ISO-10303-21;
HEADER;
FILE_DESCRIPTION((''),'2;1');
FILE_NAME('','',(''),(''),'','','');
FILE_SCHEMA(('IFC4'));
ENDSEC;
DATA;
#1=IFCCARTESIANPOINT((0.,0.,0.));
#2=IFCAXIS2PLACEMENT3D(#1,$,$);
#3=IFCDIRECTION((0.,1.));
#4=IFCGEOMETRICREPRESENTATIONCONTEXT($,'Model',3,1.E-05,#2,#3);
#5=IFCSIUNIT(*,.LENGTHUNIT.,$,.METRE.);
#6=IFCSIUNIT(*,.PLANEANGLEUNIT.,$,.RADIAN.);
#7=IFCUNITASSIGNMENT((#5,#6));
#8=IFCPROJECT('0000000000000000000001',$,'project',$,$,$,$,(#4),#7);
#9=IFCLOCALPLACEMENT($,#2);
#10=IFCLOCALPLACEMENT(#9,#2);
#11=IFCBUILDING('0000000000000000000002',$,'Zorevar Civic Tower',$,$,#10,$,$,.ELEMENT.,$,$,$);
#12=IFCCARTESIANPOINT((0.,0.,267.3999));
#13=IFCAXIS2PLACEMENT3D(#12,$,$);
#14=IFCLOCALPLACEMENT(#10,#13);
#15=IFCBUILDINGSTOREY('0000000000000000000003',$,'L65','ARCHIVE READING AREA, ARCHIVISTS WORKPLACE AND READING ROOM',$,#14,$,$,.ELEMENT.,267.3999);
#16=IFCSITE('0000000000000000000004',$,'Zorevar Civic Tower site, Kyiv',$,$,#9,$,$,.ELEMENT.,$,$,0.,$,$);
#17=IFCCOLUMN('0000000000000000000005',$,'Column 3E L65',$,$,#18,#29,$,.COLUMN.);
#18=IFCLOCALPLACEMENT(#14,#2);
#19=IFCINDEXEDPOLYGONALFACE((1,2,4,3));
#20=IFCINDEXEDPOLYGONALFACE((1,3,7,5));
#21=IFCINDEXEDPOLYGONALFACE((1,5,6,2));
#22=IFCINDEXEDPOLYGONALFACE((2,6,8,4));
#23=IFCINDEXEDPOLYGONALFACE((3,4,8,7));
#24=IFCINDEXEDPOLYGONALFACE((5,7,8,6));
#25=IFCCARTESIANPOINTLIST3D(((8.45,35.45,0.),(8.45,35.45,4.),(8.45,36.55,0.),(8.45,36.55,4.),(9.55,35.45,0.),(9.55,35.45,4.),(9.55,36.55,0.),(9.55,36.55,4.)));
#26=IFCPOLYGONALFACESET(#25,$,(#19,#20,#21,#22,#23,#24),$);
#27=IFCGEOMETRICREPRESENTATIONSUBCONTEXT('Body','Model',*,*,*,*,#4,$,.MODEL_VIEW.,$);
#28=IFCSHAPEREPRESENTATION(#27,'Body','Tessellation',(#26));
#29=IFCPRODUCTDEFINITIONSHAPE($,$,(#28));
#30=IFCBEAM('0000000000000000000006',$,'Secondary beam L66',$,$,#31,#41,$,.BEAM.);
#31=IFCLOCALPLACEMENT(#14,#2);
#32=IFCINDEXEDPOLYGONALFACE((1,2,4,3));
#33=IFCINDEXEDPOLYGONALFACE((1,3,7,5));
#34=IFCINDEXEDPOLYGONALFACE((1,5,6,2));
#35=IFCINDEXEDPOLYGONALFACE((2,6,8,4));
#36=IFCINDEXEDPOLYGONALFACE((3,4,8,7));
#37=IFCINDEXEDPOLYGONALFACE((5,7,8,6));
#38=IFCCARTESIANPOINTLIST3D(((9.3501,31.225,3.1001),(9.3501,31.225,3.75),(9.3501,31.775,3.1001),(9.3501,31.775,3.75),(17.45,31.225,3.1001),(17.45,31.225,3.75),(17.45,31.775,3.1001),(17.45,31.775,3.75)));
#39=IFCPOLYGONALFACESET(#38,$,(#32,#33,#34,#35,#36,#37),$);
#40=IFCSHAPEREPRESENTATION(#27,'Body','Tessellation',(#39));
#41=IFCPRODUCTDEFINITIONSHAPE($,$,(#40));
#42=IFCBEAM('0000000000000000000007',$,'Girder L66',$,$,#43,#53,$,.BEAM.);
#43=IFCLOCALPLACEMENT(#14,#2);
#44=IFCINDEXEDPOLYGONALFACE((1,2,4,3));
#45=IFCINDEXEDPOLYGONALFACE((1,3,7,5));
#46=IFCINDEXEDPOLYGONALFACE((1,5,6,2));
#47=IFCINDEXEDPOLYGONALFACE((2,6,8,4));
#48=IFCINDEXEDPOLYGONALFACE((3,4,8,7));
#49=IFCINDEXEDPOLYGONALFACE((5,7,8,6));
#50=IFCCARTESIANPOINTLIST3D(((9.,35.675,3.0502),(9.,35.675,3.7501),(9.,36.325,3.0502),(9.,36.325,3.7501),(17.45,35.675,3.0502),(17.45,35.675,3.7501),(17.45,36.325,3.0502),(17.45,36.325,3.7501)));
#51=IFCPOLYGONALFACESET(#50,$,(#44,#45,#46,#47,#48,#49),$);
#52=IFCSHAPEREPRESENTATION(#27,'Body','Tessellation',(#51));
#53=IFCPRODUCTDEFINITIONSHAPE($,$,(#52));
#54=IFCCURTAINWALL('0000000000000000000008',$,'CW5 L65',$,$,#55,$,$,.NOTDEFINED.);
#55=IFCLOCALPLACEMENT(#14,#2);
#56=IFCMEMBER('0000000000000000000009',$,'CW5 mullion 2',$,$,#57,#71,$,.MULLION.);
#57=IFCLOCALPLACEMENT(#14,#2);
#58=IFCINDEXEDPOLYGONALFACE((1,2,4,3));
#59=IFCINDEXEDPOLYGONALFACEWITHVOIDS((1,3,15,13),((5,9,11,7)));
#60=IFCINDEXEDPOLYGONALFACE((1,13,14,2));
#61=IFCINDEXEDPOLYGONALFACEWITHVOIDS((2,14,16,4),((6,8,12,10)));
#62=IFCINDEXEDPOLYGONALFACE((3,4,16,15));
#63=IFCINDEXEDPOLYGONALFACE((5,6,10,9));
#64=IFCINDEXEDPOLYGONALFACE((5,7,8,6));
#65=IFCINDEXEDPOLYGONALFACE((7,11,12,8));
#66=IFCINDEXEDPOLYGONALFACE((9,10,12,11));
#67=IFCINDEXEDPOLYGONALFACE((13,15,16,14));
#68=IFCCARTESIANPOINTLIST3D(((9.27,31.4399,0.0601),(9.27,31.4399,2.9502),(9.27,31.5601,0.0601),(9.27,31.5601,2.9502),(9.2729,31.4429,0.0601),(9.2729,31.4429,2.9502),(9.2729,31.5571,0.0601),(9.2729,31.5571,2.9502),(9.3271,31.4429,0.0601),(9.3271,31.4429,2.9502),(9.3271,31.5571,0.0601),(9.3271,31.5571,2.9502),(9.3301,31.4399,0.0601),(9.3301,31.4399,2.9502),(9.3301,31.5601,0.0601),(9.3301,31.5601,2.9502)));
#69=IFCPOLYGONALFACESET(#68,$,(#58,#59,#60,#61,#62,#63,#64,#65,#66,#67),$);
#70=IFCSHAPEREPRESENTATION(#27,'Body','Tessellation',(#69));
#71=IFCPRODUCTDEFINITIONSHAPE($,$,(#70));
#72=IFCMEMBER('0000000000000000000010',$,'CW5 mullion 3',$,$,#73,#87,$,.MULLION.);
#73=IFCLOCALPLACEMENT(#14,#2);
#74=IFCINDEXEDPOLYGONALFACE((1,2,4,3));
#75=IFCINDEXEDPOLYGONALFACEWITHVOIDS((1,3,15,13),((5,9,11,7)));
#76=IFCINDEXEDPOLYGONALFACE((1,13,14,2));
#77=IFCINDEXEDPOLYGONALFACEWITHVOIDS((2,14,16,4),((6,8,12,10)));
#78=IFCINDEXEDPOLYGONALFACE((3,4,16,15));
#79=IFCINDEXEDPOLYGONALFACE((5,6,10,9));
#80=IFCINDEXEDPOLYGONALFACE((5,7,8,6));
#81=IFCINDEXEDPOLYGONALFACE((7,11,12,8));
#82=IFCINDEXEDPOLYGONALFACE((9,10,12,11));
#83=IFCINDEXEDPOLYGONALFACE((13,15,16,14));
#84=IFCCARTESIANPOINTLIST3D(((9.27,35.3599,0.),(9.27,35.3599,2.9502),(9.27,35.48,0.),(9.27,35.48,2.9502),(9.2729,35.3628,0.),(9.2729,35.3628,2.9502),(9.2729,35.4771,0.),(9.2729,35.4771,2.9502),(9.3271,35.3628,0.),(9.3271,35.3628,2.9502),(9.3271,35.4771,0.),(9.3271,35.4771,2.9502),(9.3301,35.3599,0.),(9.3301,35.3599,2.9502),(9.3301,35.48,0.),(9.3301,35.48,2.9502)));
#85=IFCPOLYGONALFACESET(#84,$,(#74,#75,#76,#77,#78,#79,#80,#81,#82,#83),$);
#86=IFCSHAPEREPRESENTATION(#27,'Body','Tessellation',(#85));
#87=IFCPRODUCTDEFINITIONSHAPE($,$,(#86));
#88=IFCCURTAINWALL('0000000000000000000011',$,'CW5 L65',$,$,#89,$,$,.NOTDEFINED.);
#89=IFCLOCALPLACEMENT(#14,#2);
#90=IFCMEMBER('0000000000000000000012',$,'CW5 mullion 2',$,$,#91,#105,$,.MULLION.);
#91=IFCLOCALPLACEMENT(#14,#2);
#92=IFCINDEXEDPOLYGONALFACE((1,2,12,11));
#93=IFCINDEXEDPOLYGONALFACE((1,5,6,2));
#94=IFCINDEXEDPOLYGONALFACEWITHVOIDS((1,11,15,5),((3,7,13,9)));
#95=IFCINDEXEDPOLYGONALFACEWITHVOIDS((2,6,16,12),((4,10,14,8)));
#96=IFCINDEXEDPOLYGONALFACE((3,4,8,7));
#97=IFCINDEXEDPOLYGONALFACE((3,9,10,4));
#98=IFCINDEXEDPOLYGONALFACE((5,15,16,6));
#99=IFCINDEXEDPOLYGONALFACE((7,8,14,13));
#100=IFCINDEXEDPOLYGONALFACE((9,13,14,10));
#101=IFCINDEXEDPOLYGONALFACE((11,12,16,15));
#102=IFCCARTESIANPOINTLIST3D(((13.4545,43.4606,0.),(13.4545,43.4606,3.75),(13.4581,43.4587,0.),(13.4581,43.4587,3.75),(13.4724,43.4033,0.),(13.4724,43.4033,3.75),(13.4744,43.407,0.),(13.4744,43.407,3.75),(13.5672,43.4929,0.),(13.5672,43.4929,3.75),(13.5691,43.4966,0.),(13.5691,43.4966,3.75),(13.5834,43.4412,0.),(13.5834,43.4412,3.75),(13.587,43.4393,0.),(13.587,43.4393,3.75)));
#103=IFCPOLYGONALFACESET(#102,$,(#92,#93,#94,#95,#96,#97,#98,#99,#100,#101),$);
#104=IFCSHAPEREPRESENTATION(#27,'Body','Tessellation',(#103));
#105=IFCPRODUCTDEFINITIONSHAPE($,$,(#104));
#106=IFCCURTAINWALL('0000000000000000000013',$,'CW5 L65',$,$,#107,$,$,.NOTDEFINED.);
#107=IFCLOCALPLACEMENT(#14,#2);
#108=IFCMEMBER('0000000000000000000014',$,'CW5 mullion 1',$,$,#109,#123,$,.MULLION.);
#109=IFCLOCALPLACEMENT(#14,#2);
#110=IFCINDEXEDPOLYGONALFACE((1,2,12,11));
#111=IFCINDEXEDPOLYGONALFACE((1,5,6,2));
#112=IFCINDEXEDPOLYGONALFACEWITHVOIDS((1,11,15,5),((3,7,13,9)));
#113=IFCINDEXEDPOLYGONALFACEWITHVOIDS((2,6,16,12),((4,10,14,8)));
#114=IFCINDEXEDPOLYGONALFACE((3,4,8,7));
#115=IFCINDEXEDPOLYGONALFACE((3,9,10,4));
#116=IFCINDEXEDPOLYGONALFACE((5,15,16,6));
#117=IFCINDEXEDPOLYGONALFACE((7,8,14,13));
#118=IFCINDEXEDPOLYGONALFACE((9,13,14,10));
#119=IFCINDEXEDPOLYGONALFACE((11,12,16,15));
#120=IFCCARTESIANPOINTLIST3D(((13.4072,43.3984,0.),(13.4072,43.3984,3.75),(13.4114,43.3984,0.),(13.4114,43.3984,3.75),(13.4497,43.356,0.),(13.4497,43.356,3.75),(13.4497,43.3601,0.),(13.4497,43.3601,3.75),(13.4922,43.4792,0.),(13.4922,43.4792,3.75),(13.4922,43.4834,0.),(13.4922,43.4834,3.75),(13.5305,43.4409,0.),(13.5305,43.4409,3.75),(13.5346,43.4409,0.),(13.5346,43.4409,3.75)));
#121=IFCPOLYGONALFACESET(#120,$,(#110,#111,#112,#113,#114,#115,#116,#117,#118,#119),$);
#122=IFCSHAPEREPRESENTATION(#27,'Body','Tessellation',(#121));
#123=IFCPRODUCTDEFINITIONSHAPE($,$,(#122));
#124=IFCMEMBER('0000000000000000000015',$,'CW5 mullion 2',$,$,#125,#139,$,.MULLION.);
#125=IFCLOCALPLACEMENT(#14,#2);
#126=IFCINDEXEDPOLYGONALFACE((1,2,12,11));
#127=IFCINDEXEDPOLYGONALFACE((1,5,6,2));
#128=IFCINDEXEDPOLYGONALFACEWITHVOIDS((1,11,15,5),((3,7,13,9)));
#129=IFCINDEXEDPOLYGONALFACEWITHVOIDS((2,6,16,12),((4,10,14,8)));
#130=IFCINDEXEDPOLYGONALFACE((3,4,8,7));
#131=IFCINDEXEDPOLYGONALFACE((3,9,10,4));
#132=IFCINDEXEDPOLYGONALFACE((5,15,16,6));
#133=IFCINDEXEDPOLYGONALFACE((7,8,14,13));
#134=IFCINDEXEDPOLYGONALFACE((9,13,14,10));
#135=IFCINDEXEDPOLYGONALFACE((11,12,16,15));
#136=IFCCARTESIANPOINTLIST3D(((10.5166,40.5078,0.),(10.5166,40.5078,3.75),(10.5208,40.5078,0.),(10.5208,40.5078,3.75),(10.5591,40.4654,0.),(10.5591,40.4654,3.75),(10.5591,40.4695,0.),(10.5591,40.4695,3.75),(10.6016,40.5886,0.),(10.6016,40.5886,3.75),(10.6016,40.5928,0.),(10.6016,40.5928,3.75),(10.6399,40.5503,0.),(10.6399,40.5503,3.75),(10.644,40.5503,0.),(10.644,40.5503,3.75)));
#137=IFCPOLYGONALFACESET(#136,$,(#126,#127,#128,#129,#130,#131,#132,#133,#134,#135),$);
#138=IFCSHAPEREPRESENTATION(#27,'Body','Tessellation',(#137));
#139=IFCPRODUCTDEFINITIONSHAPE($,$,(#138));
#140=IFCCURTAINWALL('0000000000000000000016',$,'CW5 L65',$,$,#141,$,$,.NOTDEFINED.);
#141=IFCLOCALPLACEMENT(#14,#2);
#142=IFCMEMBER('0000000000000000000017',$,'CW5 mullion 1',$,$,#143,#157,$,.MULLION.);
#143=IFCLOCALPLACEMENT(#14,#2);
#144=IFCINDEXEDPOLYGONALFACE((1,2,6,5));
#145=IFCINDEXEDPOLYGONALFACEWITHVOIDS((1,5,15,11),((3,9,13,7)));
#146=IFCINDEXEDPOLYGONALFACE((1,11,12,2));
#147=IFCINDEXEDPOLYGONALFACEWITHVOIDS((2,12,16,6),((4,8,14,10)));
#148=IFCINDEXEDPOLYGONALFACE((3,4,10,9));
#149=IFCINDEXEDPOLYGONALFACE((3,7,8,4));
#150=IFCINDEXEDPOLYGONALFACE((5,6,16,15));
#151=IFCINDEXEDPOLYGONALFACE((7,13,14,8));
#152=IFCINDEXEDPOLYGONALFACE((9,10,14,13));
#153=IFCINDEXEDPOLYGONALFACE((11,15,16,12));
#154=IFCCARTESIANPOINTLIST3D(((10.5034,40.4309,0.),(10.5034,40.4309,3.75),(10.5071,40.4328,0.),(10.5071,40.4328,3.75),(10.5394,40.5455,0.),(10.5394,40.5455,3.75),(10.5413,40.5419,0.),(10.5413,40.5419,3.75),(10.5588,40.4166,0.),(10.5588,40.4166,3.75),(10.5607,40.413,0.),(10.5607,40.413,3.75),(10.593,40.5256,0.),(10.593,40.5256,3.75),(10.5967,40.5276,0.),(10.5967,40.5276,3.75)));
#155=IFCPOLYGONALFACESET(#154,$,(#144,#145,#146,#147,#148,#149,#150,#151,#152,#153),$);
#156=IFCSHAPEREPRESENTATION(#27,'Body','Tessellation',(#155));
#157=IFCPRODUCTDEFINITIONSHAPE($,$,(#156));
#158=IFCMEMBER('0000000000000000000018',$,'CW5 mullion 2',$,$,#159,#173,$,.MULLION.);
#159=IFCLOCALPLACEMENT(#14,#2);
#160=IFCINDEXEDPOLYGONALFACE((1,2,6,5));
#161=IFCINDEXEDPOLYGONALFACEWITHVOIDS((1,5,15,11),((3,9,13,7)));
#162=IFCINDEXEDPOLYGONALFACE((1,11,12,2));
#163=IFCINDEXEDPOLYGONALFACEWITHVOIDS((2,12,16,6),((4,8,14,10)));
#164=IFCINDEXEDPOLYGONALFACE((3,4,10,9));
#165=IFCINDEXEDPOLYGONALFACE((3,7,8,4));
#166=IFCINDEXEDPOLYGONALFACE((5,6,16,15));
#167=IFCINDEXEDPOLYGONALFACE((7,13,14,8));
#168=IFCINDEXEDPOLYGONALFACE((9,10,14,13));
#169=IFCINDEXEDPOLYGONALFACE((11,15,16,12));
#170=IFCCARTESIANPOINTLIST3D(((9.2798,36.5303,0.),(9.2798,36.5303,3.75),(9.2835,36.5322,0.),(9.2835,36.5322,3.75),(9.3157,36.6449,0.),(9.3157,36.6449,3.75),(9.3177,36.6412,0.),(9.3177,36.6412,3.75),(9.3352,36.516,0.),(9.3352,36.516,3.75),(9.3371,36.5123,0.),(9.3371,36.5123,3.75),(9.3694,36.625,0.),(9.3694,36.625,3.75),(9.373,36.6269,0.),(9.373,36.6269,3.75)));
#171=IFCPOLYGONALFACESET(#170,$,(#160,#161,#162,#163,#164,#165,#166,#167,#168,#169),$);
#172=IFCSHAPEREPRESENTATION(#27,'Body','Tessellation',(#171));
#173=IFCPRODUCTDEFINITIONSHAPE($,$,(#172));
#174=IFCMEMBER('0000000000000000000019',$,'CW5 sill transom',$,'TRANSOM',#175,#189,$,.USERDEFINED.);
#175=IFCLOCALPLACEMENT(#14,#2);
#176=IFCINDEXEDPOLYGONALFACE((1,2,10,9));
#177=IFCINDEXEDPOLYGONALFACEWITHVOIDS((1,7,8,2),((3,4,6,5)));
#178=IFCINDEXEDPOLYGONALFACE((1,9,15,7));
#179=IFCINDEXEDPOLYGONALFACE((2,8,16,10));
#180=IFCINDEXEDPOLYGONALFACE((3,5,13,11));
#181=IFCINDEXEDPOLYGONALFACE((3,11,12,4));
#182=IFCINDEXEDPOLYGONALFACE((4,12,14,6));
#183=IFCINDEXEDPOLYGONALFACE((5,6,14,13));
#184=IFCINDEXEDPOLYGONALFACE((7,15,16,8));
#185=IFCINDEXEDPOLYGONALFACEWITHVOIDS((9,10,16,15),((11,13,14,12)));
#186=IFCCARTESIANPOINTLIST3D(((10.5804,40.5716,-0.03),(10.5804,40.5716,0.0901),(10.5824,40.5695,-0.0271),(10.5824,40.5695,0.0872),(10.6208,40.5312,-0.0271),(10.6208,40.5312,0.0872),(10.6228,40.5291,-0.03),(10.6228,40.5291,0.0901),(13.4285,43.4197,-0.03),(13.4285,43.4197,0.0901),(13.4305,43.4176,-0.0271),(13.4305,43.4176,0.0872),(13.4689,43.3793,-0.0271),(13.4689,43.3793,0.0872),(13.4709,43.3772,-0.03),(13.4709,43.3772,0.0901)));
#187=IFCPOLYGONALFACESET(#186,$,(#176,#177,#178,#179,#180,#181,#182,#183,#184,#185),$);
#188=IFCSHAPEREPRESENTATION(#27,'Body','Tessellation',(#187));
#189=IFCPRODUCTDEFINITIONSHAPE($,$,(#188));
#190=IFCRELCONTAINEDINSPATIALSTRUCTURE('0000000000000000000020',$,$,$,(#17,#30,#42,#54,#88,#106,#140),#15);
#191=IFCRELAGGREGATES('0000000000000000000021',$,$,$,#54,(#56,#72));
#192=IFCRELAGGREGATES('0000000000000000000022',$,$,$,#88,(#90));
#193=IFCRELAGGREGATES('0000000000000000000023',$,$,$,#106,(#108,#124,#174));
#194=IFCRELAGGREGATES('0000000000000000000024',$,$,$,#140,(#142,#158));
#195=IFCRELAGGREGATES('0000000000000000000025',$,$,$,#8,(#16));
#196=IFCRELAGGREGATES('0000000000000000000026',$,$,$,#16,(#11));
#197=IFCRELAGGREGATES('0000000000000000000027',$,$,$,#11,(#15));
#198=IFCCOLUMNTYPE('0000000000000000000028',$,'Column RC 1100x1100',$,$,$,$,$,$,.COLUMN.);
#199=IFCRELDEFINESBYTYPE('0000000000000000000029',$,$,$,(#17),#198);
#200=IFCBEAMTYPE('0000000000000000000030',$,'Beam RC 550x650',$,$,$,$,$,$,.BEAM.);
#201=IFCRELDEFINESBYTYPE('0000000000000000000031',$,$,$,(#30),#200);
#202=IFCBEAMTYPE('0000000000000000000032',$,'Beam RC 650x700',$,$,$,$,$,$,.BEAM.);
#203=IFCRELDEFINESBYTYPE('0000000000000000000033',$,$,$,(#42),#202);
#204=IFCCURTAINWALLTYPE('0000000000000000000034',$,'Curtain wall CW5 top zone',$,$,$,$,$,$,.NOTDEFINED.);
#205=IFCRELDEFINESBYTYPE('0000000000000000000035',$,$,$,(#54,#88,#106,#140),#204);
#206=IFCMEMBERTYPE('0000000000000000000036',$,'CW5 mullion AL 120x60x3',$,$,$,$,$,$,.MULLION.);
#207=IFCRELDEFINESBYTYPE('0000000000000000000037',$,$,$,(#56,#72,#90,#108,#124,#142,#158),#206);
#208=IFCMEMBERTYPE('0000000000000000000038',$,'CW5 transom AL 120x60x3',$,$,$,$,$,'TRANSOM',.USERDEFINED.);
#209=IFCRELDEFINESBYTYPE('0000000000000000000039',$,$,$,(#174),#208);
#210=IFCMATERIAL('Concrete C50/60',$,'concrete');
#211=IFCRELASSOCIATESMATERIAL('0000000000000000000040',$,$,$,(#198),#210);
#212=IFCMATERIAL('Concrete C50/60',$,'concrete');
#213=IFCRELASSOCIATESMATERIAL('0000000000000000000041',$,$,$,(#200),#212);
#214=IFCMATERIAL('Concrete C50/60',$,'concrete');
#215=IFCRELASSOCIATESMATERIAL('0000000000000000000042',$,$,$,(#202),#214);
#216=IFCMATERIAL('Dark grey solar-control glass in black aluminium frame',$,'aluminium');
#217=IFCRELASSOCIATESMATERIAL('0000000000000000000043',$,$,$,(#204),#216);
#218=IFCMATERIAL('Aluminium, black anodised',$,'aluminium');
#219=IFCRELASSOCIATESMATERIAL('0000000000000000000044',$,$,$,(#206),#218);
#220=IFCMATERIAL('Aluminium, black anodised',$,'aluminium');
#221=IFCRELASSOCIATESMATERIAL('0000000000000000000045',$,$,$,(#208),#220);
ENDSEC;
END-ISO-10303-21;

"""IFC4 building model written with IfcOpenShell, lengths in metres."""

from ifc_helpers import new_model, si_unit, direction, frame, origin, origin_2d, place, context, subcontext, project, spatial, rectangle, hollow_rectangle, extrude, material, material_profile, profile_set, type_object, element, aggregate, save


model = new_model("IFC4")

# Units and contexts
model_context = context("Model", 3, precision=1e-05, world=origin(), true_north=direction((0.0, 1.0)))
body_context = subcontext(model_context, "Body", "Model", "MODEL_VIEW")
ifc_project = project(units=[si_unit("LENGTHUNIT", "METRE"), si_unit("PLANEANGLEUNIT", "RADIAN")], contexts=[model_context])

# Site, building, storey
site_placement = place(None, origin())
site = spatial("IfcSite", under=ifc_project, at=site_placement, Name="Zorevar Civic Tower site, Kyiv", CompositionType="ELEMENT", RefElevation=0.0)
building_placement = place(site_placement, origin())
building = spatial("IfcBuilding", under=site, at=building_placement, Name="Zorevar Civic Tower", CompositionType="ELEMENT")
storey_placement = place(building_placement, frame((0.0, 0.0, 267.3999)))
storey = spatial("IfcBuildingStorey", under=building, at=storey_placement, Name="L65", Description="ARCHIVE READING AREA, ARCHIVISTS WORKPLACE AND READING ROOM", CompositionType="ELEMENT", Elevation=267.3999)

# Column
ifc_material_1 = material(Name="Concrete C50/60", Category="concrete")
ifc_material_profile_1 = material_profile(ifc_material_1, rectangle(XDim=1.1001, YDim=1.1001, at=origin_2d()), Name="RC 1100x1100")
ifc_profile_set_1 = profile_set([ifc_material_profile_1], Name="Concrete C50/60")
column_type = type_object("IfcColumnType", Name="Column RC 1100x1100", PredefinedType="COLUMN", material=ifc_profile_set_1)
column_placement = place(storey_placement, frame((9.0, 36.0, 0.0), z_axis=(0.0, 0.0, 1.0), x_axis=(1.0, 0.0, 0.0)))
element("IfcColumn", 1, at=column_placement, inside=storey, type_object=column_type, Name="Column 3E L65", PredefinedType="COLUMN", context=body_context, shape_type="SweptSolid", body=[
    extrude(rectangle(XDim=1.1001, YDim=1.1001, at=origin_2d()), origin(), (0.0, 0.0, 1.0), 4.0),
])

# Beams
ifc_material_2 = material(Name="Concrete C50/60", Category="concrete")
ifc_material_profile_2 = material_profile(ifc_material_2, rectangle(XDim=0.55, YDim=0.6499, at=origin_2d()), Name="RC 550x650")
ifc_profile_set_2 = profile_set([ifc_material_profile_2], Name="Concrete C50/60")
beam_type_1 = type_object("IfcBeamType", Name="Beam RC 550x650", PredefinedType="BEAM", material=ifc_profile_set_2)
beam_1_placement = place(storey_placement, frame((9.3501, 31.5, 3.425), z_axis=(1.0, 0.0, 0.0), x_axis=(0.0, 1.0, 0.0)))
element("IfcBeam", 2, at=beam_1_placement, inside=storey, type_object=beam_type_1, Name="Secondary beam L66", PredefinedType="BEAM", context=body_context, shape_type="SweptSolid", body=[
    extrude(rectangle(XDim=0.55, YDim=0.6499, at=origin_2d()), origin(), (0.0, 0.0, 1.0), 8.0999),
])
ifc_material_3 = material(Name="Concrete C50/60", Category="concrete")
ifc_material_profile_3 = material_profile(ifc_material_3, rectangle(XDim=0.6499, YDim=0.7, at=origin_2d()), Name="RC 650x700")
ifc_profile_set_3 = profile_set([ifc_material_profile_3], Name="Concrete C50/60")
beam_type_2 = type_object("IfcBeamType", Name="Beam RC 650x700", PredefinedType="BEAM", material=ifc_profile_set_3)
beam_2_placement = place(storey_placement, frame((9.0, 36.0, 3.4001), z_axis=(1.0, 0.0, 0.0), x_axis=(0.0, 1.0, 0.0)))
element("IfcBeam", 3, at=beam_2_placement, inside=storey, type_object=beam_type_2, Name="Girder L66", PredefinedType="BEAM", context=body_context, shape_type="SweptSolid", body=[
    extrude(rectangle(XDim=0.6499, YDim=0.7, at=origin_2d()), origin(), (0.0, 0.0, 1.0), 8.45),
])

# Curtain wall, members
ifc_material_4 = material(Name="Dark grey solar-control glass in black aluminium frame", Category="aluminium")
curtain_wall_type = type_object("IfcCurtainWallType", Name="Curtain wall CW5 top zone", PredefinedType="NOTDEFINED", material=ifc_material_4)
curtain_wall_1_placement = place(storey_placement, origin())
curtain_wall_1 = element("IfcCurtainWall", 4, at=curtain_wall_1_placement, inside=storey, type_object=curtain_wall_type, Name="CW5 L65", PredefinedType="NOTDEFINED")
ifc_material_5 = material(Name="Aluminium, black anodised", Category="aluminium")
ifc_material_profile_4 = material_profile(ifc_material_5, hollow_rectangle(XDim=0.0601, YDim=0.1201, WallThickness=0.0029, at=origin_2d()), Name="AL 120x60x3")
ifc_profile_set_4 = profile_set([ifc_material_profile_4], Name="Aluminium, black anodised")
member_type_1 = type_object("IfcMemberType", Name="CW5 mullion AL 120x60x3", PredefinedType="MULLION", material=ifc_profile_set_4)
member_1_placement = place(storey_placement, frame((9.3, 31.5, 0.0601), z_axis=(0.0, 0.0, 1.0), x_axis=(-1.0, 0.0, 0.0)))
member_1 = element("IfcMember", 5, at=member_1_placement, type_object=member_type_1, Name="CW5 mullion 2", PredefinedType="MULLION", context=body_context, shape_type="SweptSolid", body=[
    extrude(hollow_rectangle(XDim=0.0601, YDim=0.1201, WallThickness=0.0029, at=origin_2d()), origin(), (0.0, 0.0, 1.0), 2.8901),
])
member_2_placement = place(storey_placement, frame((9.3, 35.4199, 0.0), z_axis=(0.0, 0.0, 1.0), x_axis=(-1.0, 0.0, 0.0)))
member_2 = element("IfcMember", 6, at=member_2_placement, type_object=member_type_1, Name="CW5 mullion 3", PredefinedType="MULLION", context=body_context, shape_type="SweptSolid", body=[
    extrude(hollow_rectangle(XDim=0.0601, YDim=0.1201, WallThickness=0.0029, at=origin_2d()), origin(), (0.0, 0.0, 1.0), 2.9502),
])

# Curtain wall, member
curtain_wall_2_placement = place(storey_placement, origin())
curtain_wall_2 = element("IfcCurtainWall", 7, at=curtain_wall_2_placement, inside=storey, type_object=curtain_wall_type, Name="CW5 L65", PredefinedType="NOTDEFINED")
member_3_placement = place(storey_placement, frame((13.5208, 43.45, 0.0), z_axis=(0.0, 0.0, 1.0), x_axis=(0.299318, -0.954153, 0.0)))
member_3 = element("IfcMember", 8, at=member_3_placement, type_object=member_type_1, Name="CW5 mullion 2", PredefinedType="MULLION", context=body_context, shape_type="SweptSolid", body=[
    extrude(hollow_rectangle(XDim=0.0601, YDim=0.1201, WallThickness=0.0029, at=origin_2d()), origin(), (0.0, 0.0, 1.0), 3.75),
])

# Curtain walls, members
curtain_wall_3_placement = place(storey_placement, origin())
curtain_wall_3 = element("IfcCurtainWall", 9, at=curtain_wall_3_placement, inside=storey, type_object=curtain_wall_type, Name="CW5 L65", PredefinedType="NOTDEFINED")
member_4_placement = place(storey_placement, frame((13.4709, 43.4197, 0.0), z_axis=(0.0, 0.0, 1.0), x_axis=(0.707107, -0.707107, 0.0)))
member_4 = element("IfcMember", 10, at=member_4_placement, type_object=member_type_1, Name="CW5 mullion 1", PredefinedType="MULLION", context=body_context, shape_type="SweptSolid", body=[
    extrude(hollow_rectangle(XDim=0.0601, YDim=0.1201, WallThickness=0.0029, at=origin_2d()), origin(), (0.0, 0.0, 1.0), 3.75),
])
member_5_placement = place(storey_placement, frame((10.5803, 40.5291, 0.0), z_axis=(0.0, 0.0, 1.0), x_axis=(0.707107, -0.707107, 0.0)))
member_5 = element("IfcMember", 11, at=member_5_placement, type_object=member_type_1, Name="CW5 mullion 2", PredefinedType="MULLION", context=body_context, shape_type="SweptSolid", body=[
    extrude(hollow_rectangle(XDim=0.0601, YDim=0.1201, WallThickness=0.0029, at=origin_2d()), origin(), (0.0, 0.0, 1.0), 3.75),
])
curtain_wall_4_placement = place(storey_placement, origin())
curtain_wall_4 = element("IfcCurtainWall", 12, at=curtain_wall_4_placement, inside=storey, type_object=curtain_wall_type, Name="CW5 L65", PredefinedType="NOTDEFINED")
member_6_placement = place(storey_placement, frame((10.55, 40.4792, 0.0), z_axis=(0.0, 0.0, 1.0), x_axis=(0.954153, -0.299318, 0.0)))
member_6 = element("IfcMember", 13, at=member_6_placement, type_object=member_type_1, Name="CW5 mullion 1", PredefinedType="MULLION", context=body_context, shape_type="SweptSolid", body=[
    extrude(hollow_rectangle(XDim=0.0601, YDim=0.1201, WallThickness=0.0029, at=origin_2d()), origin(), (0.0, 0.0, 1.0), 3.75),
])
member_7_placement = place(storey_placement, frame((9.3264, 36.5786, 0.0), z_axis=(0.0, 0.0, 1.0), x_axis=(0.954153, -0.299318, 0.0)))
member_7 = element("IfcMember", 14, at=member_7_placement, type_object=member_type_1, Name="CW5 mullion 2", PredefinedType="MULLION", context=body_context, shape_type="SweptSolid", body=[
    extrude(hollow_rectangle(XDim=0.0601, YDim=0.1201, WallThickness=0.0029, at=origin_2d()), origin(), (0.0, 0.0, 1.0), 3.75),
])

# Member
ifc_material_6 = material(Name="Aluminium, black anodised", Category="aluminium")
ifc_material_profile_5 = material_profile(ifc_material_6, hollow_rectangle(XDim=0.0601, YDim=0.1201, WallThickness=0.0029, at=origin_2d()), Name="AL 120x60x3")
ifc_profile_set_5 = profile_set([ifc_material_profile_5], Name="Aluminium, black anodised")
member_type_2 = type_object("IfcMemberType", Name="CW5 transom AL 120x60x3", ElementType="TRANSOM", PredefinedType="USERDEFINED", material=ifc_profile_set_5)
member_8_placement = place(storey_placement, frame((13.4497, 43.3984, 0.03), z_axis=(-0.707107, -0.707107, 0.0), x_axis=(0.707107, -0.707107, 0.0)))
member_8 = element("IfcMember", 15, at=member_8_placement, type_object=member_type_2, Name="CW5 sill transom", ObjectType="TRANSOM", PredefinedType="USERDEFINED", context=body_context, shape_type="SweptSolid", body=[
    extrude(hollow_rectangle(XDim=0.0601, YDim=0.1201, WallThickness=0.0029, at=origin_2d()), origin(), (0.0, 0.0, 1.0), 4.0278),
])

aggregate(curtain_wall_1, [member_1, member_2])
aggregate(curtain_wall_2, [member_3])
aggregate(curtain_wall_3, [member_4, member_5, member_8])
aggregate(curtain_wall_4, [member_6, member_7])

save(model, "model.ifc")
